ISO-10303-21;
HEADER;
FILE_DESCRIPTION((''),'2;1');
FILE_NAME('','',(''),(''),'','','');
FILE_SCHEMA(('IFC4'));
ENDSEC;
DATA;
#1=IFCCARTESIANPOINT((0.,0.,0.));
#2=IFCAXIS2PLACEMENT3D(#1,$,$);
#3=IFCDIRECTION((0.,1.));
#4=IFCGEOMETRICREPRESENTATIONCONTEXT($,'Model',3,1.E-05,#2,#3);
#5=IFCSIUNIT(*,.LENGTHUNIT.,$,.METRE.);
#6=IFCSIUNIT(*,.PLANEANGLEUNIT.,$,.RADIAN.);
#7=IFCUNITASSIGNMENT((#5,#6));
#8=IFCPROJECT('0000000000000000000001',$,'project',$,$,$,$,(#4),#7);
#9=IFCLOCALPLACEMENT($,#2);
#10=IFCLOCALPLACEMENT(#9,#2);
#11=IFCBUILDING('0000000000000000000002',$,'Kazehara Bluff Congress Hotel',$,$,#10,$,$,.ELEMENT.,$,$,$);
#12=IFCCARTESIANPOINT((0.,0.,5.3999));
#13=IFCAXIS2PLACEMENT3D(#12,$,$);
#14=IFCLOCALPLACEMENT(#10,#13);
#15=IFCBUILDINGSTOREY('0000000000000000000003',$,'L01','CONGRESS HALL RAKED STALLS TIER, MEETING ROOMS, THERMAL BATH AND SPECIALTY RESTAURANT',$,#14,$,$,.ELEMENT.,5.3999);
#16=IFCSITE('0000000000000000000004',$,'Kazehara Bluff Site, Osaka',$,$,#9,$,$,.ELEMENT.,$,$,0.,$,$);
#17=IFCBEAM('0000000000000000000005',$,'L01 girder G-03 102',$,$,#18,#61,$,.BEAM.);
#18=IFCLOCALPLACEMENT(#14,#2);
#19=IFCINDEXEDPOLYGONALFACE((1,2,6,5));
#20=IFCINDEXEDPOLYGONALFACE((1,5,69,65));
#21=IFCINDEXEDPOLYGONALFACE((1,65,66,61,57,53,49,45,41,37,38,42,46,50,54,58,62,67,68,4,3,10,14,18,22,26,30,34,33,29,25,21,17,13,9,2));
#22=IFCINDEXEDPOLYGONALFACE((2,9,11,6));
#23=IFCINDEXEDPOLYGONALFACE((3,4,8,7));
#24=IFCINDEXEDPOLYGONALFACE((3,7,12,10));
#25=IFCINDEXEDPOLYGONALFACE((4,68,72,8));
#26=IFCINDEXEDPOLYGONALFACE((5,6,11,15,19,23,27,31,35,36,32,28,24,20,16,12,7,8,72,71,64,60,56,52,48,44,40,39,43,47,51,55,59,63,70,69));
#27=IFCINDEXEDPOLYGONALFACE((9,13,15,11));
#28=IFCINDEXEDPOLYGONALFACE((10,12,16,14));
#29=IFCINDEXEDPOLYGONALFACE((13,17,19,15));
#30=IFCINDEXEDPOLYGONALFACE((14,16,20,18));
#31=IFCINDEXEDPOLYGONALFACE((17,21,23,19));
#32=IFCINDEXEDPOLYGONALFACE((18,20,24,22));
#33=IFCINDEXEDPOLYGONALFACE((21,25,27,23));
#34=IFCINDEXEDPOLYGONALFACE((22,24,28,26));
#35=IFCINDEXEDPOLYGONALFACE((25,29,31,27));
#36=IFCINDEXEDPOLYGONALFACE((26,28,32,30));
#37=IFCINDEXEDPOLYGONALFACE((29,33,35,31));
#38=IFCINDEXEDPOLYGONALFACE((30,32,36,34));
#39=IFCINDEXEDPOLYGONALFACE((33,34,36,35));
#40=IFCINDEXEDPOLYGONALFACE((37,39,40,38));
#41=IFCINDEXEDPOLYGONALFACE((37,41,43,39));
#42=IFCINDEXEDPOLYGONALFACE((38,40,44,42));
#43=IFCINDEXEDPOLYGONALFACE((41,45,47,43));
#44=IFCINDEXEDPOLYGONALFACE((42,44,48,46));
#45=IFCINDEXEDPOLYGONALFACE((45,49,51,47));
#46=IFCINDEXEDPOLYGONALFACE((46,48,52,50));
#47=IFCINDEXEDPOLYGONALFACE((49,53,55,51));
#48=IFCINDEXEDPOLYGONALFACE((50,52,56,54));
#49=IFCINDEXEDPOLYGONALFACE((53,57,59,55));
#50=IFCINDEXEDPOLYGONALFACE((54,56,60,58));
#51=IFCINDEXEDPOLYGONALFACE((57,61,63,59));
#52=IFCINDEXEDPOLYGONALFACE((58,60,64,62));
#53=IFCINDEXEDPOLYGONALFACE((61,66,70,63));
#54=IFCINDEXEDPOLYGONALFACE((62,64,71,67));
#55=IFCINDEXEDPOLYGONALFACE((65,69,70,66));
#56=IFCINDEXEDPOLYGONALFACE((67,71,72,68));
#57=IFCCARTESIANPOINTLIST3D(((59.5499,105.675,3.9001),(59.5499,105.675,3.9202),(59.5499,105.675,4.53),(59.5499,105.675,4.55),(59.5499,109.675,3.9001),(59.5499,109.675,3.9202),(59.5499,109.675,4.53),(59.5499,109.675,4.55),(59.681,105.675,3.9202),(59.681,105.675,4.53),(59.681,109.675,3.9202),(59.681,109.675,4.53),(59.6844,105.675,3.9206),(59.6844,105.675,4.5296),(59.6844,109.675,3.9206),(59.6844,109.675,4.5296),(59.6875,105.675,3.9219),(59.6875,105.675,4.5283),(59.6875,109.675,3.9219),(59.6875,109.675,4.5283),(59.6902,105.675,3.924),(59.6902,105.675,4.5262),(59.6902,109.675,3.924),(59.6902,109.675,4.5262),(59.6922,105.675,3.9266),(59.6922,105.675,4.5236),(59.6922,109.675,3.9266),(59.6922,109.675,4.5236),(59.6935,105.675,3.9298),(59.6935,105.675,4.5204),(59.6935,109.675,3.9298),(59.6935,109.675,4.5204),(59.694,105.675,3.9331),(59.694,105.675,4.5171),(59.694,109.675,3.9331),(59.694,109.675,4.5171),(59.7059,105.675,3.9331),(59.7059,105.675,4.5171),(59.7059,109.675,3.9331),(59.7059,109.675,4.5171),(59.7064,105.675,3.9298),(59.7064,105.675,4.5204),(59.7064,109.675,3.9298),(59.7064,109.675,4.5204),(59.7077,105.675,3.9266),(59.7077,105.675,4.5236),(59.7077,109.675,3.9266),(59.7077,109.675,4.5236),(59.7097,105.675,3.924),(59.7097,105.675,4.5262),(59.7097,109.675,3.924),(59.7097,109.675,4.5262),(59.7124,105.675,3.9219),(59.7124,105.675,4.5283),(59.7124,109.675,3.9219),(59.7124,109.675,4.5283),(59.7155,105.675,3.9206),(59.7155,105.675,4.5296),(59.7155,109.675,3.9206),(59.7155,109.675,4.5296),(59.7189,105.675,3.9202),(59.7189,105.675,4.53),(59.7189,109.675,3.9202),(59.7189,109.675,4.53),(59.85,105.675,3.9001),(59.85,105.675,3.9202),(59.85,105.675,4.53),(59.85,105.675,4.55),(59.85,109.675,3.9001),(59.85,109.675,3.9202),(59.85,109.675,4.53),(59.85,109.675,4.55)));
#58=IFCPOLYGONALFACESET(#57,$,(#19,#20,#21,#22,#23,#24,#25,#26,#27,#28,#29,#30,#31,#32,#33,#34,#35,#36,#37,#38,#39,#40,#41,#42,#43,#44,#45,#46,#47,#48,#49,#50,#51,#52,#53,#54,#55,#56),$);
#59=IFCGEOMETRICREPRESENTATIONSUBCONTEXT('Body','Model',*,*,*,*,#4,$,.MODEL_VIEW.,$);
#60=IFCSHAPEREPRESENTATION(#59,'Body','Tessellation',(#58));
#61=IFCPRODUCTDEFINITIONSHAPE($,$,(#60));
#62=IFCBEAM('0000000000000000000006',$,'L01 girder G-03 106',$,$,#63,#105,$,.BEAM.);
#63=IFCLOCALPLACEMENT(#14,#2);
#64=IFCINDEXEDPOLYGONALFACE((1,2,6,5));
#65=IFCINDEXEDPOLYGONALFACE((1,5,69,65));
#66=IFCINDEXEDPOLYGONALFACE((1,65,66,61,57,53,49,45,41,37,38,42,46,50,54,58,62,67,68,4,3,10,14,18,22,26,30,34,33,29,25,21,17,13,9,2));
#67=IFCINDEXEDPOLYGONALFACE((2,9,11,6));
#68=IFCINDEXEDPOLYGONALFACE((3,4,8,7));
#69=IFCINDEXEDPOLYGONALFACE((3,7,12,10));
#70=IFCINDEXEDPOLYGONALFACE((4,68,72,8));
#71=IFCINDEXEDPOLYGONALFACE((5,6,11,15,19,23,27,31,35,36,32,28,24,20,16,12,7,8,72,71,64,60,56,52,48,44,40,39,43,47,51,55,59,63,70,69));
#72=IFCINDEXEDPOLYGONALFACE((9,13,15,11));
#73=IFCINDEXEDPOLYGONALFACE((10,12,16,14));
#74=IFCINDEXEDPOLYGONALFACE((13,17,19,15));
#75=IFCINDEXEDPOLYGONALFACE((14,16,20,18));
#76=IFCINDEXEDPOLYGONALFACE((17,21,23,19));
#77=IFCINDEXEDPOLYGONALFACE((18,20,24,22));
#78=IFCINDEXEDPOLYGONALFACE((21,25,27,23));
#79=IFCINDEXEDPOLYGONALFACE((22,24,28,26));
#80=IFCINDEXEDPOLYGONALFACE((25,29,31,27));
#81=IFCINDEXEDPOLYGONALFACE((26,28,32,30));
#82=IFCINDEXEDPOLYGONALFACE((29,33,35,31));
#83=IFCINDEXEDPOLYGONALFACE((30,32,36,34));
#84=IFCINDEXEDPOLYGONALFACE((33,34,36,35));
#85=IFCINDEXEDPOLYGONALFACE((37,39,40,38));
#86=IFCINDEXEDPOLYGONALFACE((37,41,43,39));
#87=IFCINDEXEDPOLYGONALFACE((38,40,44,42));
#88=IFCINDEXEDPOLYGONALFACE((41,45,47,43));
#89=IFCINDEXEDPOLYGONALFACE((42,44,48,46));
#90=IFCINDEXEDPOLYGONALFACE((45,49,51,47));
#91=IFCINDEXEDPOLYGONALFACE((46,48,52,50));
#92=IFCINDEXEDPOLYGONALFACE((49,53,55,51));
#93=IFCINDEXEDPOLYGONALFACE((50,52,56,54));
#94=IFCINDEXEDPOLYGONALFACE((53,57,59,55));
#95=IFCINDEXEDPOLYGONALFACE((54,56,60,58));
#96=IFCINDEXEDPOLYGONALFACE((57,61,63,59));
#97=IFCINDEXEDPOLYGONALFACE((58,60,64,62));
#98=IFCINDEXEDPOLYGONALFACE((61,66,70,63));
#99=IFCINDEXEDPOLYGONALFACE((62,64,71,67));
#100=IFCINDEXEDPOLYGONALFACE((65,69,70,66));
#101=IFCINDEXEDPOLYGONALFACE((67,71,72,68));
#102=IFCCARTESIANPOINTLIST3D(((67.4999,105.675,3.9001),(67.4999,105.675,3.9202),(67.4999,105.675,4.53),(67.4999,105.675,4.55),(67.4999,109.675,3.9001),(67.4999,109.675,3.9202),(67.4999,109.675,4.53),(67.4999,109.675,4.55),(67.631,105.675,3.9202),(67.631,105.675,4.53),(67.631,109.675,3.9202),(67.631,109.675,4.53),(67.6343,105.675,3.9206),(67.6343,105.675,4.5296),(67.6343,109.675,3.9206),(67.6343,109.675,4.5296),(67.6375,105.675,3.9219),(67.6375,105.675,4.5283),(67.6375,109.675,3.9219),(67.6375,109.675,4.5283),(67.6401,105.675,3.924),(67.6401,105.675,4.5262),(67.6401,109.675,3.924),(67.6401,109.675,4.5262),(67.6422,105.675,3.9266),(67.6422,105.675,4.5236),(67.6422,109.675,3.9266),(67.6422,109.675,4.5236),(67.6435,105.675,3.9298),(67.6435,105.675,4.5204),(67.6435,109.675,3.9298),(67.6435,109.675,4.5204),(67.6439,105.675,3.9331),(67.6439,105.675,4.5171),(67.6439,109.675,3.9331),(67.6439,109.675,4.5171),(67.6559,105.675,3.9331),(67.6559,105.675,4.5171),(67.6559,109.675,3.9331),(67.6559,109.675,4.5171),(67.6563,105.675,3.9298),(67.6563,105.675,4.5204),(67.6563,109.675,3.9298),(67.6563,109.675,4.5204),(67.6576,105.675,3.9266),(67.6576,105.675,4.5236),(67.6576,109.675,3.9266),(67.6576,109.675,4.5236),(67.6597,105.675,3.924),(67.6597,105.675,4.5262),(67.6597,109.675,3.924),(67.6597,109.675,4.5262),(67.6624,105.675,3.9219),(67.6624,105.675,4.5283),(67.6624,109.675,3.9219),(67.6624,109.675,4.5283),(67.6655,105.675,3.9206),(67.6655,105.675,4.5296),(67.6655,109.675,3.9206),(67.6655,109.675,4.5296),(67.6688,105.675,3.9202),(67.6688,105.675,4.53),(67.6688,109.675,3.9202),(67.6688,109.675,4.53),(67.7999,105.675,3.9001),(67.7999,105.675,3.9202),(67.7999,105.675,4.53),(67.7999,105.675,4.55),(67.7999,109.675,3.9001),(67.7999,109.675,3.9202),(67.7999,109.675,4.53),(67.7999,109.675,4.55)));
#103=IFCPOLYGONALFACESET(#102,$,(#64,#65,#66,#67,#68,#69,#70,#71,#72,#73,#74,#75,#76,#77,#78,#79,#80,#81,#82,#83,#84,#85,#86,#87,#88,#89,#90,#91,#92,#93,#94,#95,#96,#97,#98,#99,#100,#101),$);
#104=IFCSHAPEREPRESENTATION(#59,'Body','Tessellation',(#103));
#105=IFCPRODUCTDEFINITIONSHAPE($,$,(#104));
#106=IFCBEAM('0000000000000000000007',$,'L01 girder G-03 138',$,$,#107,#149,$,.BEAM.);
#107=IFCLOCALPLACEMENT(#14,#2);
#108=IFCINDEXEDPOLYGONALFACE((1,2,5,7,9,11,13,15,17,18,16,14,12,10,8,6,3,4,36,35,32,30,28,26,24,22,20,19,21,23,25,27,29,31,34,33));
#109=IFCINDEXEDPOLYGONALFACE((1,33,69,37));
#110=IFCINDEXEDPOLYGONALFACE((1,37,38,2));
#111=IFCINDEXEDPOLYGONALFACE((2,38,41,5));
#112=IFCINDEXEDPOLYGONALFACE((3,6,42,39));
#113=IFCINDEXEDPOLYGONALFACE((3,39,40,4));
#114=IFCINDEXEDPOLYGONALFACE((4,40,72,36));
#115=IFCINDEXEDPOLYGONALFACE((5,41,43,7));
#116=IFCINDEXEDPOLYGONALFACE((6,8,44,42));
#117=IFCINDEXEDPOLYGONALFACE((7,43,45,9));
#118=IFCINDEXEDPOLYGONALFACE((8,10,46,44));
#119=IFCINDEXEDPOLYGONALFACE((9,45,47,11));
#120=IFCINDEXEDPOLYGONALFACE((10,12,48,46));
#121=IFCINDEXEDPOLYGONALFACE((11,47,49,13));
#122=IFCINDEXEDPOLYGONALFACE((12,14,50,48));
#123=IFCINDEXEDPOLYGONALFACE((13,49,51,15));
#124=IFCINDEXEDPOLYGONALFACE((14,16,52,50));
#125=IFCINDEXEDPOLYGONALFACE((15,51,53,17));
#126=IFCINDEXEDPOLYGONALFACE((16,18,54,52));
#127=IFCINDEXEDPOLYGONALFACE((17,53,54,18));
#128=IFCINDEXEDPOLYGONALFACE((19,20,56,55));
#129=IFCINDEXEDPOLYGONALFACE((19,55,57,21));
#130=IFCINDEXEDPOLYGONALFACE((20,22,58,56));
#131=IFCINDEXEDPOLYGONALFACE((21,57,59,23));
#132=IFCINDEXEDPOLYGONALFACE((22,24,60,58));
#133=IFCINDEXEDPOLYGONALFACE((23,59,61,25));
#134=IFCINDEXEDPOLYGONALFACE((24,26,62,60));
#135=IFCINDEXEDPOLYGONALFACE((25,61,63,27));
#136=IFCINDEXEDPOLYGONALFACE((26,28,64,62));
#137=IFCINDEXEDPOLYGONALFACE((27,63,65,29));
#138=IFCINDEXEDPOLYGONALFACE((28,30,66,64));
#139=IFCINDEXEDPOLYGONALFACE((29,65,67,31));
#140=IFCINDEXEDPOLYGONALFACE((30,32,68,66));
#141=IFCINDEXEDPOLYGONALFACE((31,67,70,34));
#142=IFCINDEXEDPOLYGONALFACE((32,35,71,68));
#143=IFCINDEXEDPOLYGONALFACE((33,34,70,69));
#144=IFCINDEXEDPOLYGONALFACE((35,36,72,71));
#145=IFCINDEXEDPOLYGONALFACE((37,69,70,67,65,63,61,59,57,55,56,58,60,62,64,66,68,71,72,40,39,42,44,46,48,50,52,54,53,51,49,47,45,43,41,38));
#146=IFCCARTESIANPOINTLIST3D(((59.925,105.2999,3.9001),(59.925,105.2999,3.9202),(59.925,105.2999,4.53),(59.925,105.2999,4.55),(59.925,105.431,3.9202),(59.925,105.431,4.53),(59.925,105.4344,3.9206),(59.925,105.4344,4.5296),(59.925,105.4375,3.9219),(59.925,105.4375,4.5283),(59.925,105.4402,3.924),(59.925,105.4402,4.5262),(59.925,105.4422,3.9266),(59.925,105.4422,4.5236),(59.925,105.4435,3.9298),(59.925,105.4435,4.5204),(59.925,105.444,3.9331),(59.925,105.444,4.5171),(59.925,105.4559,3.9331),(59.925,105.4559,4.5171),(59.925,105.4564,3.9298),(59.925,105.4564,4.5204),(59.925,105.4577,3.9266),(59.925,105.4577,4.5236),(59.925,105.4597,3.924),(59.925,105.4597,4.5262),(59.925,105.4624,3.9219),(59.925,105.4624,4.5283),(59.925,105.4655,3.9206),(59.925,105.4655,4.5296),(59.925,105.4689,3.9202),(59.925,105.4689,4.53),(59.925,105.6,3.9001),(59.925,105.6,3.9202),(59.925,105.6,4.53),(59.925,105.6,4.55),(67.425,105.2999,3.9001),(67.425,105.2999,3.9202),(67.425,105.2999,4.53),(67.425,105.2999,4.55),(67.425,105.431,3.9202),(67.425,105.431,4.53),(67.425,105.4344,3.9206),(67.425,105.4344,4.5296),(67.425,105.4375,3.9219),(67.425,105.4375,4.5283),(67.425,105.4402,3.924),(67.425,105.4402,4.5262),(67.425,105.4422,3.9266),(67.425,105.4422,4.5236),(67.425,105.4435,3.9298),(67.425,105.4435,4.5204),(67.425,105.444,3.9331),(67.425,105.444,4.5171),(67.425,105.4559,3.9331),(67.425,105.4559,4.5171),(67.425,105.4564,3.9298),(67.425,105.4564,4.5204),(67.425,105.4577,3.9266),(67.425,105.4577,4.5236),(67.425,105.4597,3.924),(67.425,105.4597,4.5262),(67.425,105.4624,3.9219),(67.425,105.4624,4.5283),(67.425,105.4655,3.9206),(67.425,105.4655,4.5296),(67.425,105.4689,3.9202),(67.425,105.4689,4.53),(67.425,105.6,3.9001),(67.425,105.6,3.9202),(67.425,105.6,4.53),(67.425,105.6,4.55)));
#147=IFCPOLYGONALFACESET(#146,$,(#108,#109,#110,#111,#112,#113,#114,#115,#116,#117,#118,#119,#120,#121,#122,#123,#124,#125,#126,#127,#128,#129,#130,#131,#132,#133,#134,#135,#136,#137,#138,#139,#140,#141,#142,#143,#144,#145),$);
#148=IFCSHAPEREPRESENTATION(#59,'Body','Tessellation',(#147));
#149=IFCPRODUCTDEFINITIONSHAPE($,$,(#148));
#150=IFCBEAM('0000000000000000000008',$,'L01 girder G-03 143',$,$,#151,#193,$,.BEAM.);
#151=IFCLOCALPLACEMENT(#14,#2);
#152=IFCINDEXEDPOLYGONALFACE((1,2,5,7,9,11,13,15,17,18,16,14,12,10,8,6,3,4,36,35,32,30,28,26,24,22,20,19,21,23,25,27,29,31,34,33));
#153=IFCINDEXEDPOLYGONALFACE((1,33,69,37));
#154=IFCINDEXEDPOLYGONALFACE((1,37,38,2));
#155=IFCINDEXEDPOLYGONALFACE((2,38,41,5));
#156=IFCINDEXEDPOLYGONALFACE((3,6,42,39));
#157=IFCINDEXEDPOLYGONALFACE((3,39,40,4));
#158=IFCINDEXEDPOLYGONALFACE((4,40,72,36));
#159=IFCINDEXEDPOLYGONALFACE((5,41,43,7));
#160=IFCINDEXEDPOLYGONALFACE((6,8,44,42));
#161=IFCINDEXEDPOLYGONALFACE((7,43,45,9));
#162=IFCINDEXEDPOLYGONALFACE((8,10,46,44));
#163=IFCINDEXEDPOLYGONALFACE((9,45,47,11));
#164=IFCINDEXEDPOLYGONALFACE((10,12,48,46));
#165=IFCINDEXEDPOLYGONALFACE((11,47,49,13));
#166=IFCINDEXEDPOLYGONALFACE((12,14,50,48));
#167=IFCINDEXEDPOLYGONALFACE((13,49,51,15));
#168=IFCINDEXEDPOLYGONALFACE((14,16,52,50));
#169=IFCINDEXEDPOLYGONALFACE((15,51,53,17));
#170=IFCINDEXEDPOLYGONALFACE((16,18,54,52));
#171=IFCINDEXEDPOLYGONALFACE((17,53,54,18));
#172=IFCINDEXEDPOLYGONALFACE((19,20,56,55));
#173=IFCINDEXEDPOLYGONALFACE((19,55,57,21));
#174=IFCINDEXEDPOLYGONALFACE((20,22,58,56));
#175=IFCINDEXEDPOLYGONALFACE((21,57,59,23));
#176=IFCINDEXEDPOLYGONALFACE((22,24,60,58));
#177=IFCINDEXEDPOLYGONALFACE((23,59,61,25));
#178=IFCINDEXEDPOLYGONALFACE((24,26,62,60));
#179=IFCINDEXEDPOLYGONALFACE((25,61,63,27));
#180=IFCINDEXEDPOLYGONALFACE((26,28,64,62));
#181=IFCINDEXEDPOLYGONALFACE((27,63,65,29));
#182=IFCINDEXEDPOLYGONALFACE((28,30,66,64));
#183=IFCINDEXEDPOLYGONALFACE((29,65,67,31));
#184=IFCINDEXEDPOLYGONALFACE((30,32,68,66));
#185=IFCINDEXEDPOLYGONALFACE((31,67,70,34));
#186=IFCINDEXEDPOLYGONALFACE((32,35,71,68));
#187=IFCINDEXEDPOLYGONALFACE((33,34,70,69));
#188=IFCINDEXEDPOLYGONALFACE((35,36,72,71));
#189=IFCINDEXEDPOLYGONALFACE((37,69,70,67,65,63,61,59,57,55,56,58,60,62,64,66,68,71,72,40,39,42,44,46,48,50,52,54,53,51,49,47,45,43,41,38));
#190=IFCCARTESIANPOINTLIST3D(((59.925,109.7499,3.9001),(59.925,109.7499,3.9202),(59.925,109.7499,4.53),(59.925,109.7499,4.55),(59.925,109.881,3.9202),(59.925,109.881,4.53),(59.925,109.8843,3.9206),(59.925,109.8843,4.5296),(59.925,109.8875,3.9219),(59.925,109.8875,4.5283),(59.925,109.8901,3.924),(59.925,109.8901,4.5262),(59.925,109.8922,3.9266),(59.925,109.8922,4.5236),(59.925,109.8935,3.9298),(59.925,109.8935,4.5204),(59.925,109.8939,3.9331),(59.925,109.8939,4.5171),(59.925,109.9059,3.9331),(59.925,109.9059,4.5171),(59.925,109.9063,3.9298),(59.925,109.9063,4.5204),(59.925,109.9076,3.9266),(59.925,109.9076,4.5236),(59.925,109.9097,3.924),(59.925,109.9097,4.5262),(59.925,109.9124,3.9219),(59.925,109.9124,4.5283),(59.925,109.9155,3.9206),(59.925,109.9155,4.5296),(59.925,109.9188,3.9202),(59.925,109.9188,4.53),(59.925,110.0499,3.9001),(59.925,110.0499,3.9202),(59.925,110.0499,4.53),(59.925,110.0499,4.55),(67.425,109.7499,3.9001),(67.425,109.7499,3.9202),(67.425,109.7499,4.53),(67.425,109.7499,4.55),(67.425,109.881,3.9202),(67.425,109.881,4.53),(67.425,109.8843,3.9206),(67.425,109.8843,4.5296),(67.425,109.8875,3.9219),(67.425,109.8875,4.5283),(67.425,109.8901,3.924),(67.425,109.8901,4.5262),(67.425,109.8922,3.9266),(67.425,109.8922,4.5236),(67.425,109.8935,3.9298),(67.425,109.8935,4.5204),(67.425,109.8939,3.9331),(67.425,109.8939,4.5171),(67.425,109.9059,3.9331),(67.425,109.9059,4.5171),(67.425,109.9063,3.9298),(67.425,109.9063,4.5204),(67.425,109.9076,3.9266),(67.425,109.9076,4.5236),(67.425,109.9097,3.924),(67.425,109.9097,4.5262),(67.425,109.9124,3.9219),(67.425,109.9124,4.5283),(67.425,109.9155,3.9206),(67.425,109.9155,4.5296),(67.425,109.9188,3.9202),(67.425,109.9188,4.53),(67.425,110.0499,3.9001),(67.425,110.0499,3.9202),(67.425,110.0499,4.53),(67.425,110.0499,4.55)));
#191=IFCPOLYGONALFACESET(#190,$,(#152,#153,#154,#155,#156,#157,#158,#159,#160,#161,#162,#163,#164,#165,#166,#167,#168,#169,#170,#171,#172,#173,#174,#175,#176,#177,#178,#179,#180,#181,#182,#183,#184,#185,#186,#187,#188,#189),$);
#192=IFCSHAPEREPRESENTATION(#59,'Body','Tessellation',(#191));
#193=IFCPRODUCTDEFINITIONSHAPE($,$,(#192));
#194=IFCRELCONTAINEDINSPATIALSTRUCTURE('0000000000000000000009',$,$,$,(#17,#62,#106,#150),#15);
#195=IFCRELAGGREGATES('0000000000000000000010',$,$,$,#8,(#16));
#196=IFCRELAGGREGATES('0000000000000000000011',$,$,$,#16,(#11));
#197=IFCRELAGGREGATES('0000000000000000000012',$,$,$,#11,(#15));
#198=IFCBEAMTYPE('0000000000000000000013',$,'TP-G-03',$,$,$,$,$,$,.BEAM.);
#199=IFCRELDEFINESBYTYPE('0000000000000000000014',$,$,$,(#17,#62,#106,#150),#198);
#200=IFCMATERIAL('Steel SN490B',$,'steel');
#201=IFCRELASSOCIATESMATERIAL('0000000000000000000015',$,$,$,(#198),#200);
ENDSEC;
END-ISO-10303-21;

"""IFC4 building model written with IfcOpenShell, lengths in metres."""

from ifc_helpers import new_model, si_unit, direction, frame, origin, origin_2d, place, context, subcontext, project, spatial, i_section, extrude, material, material_profile, profile_set, type_object, element, save


model = new_model("IFC4")

# Units and contexts
model_context = context("Model", 3, precision=1e-05, world=origin(), true_north=direction((0.0, 1.0)))
body_context = subcontext(model_context, "Body", "Model", "MODEL_VIEW")
ifc_project = project(units=[si_unit("LENGTHUNIT", "METRE"), si_unit("PLANEANGLEUNIT", "RADIAN")], contexts=[model_context])

# Site, building, storey
site_placement = place(None, origin())
site = spatial("IfcSite", under=ifc_project, at=site_placement, Name="Kazehara Bluff Site, Osaka", CompositionType="ELEMENT", RefElevation=0.0)
building_placement = place(site_placement, origin())
building = spatial("IfcBuilding", under=site, at=building_placement, Name="Kazehara Bluff Congress Hotel", CompositionType="ELEMENT")
storey_placement = place(building_placement, frame((0.0, 0.0, 5.3999)))
storey = spatial("IfcBuildingStorey", under=building, at=storey_placement, Name="L01", Description="CONGRESS HALL RAKED STALLS TIER, MEETING ROOMS, THERMAL BATH AND SPECIALTY RESTAURANT", CompositionType="ELEMENT", Elevation=5.3999)

# Beams
ifc_material_1 = material(Name="Steel SN490B", Category="steel")
ifc_material_profile_1 = material_profile(ifc_material_1, i_section(OverallWidth=0.3, OverallDepth=0.6499, WebThickness=0.012, FlangeThickness=0.02, FilletRadius=0.0129, at=origin_2d()))
ifc_profile_set_1 = profile_set([ifc_material_profile_1], Name="Steel SN490B")
beam_type_1 = type_object("IfcBeamType", Name="TP-G-03", PredefinedType="BEAM", material=ifc_profile_set_1)
for number, where, z_axis, x_axis, name in (
    (1, (59.7, 105.675, 4.2251), (0.0, 1.0, 0.0), (-1.0, 0.0, 0.0), "L01 girder G-03 102"),
    (2, (67.6499, 105.675, 4.2251), (0.0, 1.0, 0.0), (-1.0, 0.0, 0.0), "L01 girder G-03 106"),
):
    element("IfcBeam", number, at=place(storey_placement, frame(where, z_axis=z_axis, x_axis=x_axis)), inside=storey, type_object=beam_type_1, Name=name, PredefinedType="BEAM", context=body_context, shape_type="SweptSolid", body=[
        extrude(i_section(OverallWidth=0.3, OverallDepth=0.6499, WebThickness=0.012, FlangeThickness=0.02, FilletRadius=0.0129, at=origin_2d()), origin(), (0.0, 0.0, 1.0), 4.0),
    ])
for number, where, z_axis, x_axis, name in (
    (3, (59.925, 105.45, 4.2251), (1.0, 0.0, 0.0), (0.0, 1.0, 0.0), "L01 girder G-03 138"),
    (4, (59.925, 109.8999, 4.2251), (1.0, 0.0, 0.0), (0.0, 1.0, 0.0), "L01 girder G-03 143"),
):
    element("IfcBeam", number, at=place(storey_placement, frame(where, z_axis=z_axis, x_axis=x_axis)), inside=storey, type_object=beam_type_1, Name=name, PredefinedType="BEAM", context=body_context, shape_type="SweptSolid", body=[
        extrude(i_section(OverallWidth=0.3, OverallDepth=0.6499, WebThickness=0.012, FlangeThickness=0.02, FilletRadius=0.0129, at=origin_2d()), origin(), (0.0, 0.0, 1.0), 7.5),
    ])

save(model, "model.ifc")
